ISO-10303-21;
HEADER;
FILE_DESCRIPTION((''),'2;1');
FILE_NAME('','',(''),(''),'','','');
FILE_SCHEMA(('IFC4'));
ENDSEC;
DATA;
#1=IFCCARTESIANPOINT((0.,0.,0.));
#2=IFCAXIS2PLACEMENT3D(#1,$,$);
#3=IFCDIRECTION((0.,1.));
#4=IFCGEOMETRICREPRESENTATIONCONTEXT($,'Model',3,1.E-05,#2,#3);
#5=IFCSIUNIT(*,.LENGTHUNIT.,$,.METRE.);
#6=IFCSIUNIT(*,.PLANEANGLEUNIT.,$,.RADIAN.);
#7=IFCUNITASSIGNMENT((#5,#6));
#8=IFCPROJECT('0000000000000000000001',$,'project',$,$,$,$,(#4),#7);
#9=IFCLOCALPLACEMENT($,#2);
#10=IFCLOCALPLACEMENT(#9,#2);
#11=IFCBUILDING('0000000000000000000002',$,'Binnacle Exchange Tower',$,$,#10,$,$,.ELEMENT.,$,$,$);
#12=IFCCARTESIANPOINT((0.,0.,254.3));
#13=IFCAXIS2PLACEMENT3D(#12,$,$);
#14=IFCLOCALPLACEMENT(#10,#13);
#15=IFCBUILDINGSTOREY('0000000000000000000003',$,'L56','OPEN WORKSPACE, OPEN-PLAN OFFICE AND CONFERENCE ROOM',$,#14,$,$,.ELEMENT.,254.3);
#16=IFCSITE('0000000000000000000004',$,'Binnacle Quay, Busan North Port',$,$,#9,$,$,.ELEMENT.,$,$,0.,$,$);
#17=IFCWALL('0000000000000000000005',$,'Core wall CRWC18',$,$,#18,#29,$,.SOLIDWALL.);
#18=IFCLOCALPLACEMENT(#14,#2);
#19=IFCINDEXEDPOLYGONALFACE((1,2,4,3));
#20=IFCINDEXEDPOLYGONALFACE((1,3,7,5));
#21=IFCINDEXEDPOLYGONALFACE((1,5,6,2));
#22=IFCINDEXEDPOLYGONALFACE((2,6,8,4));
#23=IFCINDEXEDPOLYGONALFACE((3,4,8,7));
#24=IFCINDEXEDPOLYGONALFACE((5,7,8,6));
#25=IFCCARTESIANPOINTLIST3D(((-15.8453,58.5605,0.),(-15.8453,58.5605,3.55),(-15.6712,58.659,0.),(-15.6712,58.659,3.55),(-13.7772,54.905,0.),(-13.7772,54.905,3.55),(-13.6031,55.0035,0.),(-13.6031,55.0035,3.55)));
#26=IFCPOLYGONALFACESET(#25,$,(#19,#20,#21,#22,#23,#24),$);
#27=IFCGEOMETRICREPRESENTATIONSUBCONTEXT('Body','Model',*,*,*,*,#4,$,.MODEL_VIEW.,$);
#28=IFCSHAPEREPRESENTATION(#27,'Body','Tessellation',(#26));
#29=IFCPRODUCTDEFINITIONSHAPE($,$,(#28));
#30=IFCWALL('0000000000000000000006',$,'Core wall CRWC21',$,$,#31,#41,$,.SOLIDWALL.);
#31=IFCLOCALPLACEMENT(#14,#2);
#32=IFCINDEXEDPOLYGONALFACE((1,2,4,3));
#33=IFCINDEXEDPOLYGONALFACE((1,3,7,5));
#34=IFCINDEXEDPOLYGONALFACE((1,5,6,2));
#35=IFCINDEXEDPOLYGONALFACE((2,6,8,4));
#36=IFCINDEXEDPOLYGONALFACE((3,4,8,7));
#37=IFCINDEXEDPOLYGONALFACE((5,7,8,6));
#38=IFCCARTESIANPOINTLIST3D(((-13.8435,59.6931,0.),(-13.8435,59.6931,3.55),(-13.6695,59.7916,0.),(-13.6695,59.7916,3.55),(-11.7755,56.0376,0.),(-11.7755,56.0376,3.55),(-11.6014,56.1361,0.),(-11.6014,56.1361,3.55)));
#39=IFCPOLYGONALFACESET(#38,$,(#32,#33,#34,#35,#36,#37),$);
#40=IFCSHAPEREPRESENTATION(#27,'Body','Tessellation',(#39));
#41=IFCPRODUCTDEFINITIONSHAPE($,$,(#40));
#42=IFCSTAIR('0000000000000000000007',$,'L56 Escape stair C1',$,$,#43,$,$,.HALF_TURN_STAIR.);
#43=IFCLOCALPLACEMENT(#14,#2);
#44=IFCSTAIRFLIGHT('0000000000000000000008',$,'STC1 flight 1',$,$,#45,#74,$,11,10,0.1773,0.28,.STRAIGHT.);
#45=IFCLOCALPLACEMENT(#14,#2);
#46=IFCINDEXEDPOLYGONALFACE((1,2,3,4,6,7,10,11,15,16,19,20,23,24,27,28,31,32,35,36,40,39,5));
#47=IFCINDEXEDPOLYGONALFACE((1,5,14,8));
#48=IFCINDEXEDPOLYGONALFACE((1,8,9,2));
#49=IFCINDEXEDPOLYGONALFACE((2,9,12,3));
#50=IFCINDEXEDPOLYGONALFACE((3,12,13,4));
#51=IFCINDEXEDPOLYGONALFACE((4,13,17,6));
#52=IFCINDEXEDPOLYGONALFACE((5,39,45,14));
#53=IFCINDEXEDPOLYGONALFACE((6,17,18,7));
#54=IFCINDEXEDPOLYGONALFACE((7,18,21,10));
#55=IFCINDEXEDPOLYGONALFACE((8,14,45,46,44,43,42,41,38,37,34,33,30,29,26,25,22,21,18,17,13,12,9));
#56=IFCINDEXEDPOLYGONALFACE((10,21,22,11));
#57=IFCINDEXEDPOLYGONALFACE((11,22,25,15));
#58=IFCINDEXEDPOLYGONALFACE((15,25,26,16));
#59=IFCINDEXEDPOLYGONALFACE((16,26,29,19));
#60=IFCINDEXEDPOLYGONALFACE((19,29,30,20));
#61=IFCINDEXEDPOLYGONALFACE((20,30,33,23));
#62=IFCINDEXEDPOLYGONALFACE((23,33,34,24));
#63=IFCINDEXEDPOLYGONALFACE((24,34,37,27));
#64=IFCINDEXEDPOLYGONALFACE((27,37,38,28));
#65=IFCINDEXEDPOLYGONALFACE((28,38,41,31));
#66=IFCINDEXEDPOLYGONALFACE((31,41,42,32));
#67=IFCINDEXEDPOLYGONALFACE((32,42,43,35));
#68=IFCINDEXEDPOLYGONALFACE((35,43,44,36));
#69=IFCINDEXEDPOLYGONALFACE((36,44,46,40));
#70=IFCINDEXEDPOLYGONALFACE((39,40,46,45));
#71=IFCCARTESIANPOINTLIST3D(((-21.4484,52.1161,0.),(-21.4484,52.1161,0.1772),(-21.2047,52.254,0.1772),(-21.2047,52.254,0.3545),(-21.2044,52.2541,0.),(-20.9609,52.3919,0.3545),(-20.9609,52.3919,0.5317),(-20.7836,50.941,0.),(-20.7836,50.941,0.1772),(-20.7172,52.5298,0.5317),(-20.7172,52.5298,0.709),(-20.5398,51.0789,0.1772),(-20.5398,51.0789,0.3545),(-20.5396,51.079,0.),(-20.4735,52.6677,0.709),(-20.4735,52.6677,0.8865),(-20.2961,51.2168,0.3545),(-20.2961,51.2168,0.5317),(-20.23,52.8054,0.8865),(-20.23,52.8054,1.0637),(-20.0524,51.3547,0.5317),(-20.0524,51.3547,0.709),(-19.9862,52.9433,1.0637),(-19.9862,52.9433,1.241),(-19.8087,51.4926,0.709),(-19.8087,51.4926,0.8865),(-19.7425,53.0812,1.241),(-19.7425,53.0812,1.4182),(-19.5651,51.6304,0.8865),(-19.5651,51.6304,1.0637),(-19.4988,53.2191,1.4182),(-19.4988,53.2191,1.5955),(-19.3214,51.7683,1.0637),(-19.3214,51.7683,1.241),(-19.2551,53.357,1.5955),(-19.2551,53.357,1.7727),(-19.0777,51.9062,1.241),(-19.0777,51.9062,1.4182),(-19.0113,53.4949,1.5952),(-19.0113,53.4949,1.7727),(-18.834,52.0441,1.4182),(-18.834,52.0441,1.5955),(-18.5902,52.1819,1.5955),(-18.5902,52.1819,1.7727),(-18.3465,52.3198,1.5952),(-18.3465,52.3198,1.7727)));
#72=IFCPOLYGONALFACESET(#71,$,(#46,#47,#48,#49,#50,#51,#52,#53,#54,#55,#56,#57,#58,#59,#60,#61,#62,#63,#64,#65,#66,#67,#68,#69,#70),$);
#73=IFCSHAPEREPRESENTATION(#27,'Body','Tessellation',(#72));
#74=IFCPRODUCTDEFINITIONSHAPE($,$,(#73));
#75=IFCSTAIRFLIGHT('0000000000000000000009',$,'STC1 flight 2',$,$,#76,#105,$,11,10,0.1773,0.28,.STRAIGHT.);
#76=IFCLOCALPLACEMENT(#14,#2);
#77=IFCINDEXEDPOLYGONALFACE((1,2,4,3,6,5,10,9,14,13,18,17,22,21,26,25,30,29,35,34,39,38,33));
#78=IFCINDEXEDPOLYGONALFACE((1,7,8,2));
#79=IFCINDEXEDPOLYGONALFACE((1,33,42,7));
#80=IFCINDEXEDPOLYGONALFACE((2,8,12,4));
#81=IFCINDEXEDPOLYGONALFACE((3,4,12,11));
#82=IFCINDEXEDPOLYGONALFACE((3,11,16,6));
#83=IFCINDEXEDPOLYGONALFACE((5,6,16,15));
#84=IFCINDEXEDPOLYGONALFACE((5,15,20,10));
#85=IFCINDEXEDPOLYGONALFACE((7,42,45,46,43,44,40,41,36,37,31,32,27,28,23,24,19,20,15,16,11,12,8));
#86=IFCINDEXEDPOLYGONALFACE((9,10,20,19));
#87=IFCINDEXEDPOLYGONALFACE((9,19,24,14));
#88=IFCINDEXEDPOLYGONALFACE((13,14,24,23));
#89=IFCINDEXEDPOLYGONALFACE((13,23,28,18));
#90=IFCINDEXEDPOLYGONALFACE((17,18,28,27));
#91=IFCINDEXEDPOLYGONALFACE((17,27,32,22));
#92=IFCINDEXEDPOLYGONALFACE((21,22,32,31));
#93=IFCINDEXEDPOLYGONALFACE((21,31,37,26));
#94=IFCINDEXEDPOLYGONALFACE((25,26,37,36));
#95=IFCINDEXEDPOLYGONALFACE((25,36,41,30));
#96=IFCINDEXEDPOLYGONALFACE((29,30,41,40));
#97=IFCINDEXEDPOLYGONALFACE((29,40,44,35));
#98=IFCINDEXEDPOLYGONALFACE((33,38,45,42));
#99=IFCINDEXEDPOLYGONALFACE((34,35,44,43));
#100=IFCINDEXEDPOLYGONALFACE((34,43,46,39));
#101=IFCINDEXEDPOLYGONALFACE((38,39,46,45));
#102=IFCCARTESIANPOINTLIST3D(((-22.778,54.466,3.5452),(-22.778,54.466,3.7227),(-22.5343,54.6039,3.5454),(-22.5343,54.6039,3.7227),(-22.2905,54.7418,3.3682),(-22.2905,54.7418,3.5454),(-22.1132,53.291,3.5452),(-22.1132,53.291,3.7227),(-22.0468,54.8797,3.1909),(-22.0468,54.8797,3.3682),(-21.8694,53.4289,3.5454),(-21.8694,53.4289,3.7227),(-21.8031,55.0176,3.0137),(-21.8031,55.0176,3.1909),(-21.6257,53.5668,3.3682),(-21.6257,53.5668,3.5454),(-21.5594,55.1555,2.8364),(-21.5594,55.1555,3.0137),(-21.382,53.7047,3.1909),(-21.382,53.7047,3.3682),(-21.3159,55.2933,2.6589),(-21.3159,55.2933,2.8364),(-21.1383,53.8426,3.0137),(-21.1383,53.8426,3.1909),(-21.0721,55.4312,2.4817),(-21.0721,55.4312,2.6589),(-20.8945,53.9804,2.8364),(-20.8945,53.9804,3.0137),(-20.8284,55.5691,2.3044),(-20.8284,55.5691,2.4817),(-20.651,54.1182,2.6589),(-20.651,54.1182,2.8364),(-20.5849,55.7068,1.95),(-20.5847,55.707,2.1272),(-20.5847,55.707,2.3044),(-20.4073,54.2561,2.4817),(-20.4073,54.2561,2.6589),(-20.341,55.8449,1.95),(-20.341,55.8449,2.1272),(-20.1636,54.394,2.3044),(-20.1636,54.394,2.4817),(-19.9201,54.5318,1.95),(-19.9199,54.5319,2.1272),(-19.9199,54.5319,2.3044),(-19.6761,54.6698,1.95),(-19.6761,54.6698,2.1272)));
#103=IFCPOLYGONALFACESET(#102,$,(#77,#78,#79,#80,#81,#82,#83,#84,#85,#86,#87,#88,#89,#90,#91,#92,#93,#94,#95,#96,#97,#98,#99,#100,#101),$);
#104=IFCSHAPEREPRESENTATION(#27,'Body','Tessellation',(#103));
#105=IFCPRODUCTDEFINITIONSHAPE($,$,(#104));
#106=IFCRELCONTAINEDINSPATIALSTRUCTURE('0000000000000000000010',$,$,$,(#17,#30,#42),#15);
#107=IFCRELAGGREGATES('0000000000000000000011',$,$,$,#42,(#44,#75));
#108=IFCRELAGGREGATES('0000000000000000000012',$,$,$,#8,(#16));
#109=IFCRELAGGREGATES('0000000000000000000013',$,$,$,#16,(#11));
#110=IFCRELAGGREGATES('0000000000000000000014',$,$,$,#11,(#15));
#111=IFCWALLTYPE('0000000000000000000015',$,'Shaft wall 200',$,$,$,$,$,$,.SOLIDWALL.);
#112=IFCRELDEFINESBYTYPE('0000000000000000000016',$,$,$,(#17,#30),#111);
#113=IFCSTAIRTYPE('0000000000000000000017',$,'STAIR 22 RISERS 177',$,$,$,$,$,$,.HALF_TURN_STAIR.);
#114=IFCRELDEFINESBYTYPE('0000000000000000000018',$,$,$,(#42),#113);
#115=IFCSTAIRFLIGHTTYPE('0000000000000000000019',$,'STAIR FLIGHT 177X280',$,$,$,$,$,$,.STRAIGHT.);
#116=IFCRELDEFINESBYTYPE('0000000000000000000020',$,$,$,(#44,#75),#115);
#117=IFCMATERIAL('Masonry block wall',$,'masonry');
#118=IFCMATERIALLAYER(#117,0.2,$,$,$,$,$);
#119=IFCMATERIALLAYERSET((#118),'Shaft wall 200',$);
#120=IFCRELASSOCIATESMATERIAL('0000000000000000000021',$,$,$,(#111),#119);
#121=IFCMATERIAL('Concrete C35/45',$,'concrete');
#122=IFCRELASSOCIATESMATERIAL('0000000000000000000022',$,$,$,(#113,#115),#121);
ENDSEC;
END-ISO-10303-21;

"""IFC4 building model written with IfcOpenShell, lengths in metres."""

from ifc_helpers import new_model, si_unit, direction, frame, frame_2d, origin, place, context, subcontext, project, spatial, polyline, rectangle, outline, extrude, material, layer, layer_set, type_object, element, aggregate, save


model = new_model("IFC4")

# Units and contexts
model_context = context("Model", 3, precision=1e-05, world=origin(), true_north=direction((0.0, 1.0)))
body_context = subcontext(model_context, "Body", "Model", "MODEL_VIEW")
ifc_project = project(units=[si_unit("LENGTHUNIT", "METRE"), si_unit("PLANEANGLEUNIT", "RADIAN")], contexts=[model_context])

# Site, building, storey
site_placement = place(None, origin())
site = spatial("IfcSite", under=ifc_project, at=site_placement, Name="Binnacle Quay, Busan North Port", CompositionType="ELEMENT", RefElevation=0.0)
building_placement = place(site_placement, origin())
building = spatial("IfcBuilding", under=site, at=building_placement, Name="Binnacle Exchange Tower", CompositionType="ELEMENT")
storey_placement = place(building_placement, frame((0.0, 0.0, 254.3)))
storey = spatial("IfcBuildingStorey", under=building, at=storey_placement, Name="L56", Description="OPEN WORKSPACE, OPEN-PLAN OFFICE AND CONFERENCE ROOM", CompositionType="ELEMENT", Elevation=254.3)

# Shared definitions
ifc_material_1 = material(Name="Masonry block wall", Category="masonry")

# Walls
ifc_layer_1 = layer(ifc_material_1, 0.2)
ifc_layer_set_1 = layer_set([ifc_layer_1], Name="Shaft wall 200")
wall_type_1 = type_object("IfcWallType", Name="Shaft wall 200", PredefinedType="SOLIDWALL", material=ifc_layer_set_1)
for number, where, z_axis, x_axis, name in (
    (1, (-15.7583, 58.6099, 0.0), (0.0, 0.0, 1.0), (0.49241, -0.870364, 0.0), "Core wall CRWC18"),
    (2, (-13.7566, 59.7424, 0.0), (0.0, 0.0, 1.0), (0.49241, -0.870364, 0.0), "Core wall CRWC21"),
):
    element("IfcWall", number, at=place(storey_placement, frame(where, z_axis=z_axis, x_axis=x_axis)), inside=storey, type_object=wall_type_1, Name=name, PredefinedType="SOLIDWALL", context=body_context, shape_type="SweptSolid", body=[
        extrude(rectangle(XDim=4.2, YDim=0.2, at=frame_2d((2.1001, 0.0))), origin(), (0.0, 0.0, 1.0), 3.55),
    ])

# Stair, stair flights
ifc_material_2 = material(Name="Concrete C35/45", Category="concrete")
stair_type = type_object("IfcStairType", Name="STAIR 22 RISERS 177", PredefinedType="HALF_TURN_STAIR", material=ifc_material_2)
stair_placement = place(storey_placement, origin())
stair = element("IfcStair", 3, at=stair_placement, inside=storey, type_object=stair_type, Name="L56 Escape stair C1", PredefinedType="HALF_TURN_STAIR")
stair_flight_type = type_object("IfcStairFlightType", Name="STAIR FLIGHT 177X280", PredefinedType="STRAIGHT", material=ifc_material_2)
stair_flight_1_placement = place(storey_placement, frame((-21.116, 51.5286, 0.0), z_axis=(0.0, 0.0, 1.0), x_axis=(0.870356, 0.492424, 0.0)))
stair_flight_1 = element("IfcStairFlight", 4, at=stair_flight_1_placement, type_object=stair_flight_type, Name="STC1 flight 1", NumberOfRisers=11, NumberOfTreads=10, PredefinedType="STRAIGHT", RiserHeight=0.1773, TreadLength=0.28, context=body_context, shape_type="SweptSolid", body=[
    extrude(outline(polyline([(0.0, 0.0), (0.0, 0.1772), (0.28, 0.1772), (0.28, 0.3545), (0.5601, 0.3545), (0.5601, 0.5317), (0.8401, 0.5317), (0.8401, 0.709), (1.1201, 0.709), (1.1201, 0.8865), (1.3999, 0.8865), (1.3999, 1.0637), (1.6799, 1.0637), (1.6799, 1.241), (1.96, 1.241), (1.96, 1.4182), (2.24, 1.4182), (2.24, 1.5955), (2.52, 1.5955), (2.52, 1.7727), (2.8, 1.7727), (2.8, 1.95), (2.8, 1.5952), (0.2803, 0.0), (0.0, 0.0)])), frame((0.0, 0.675, 0.0), z_axis=(0.0, -1.0, 0.0), x_axis=(1.0, 0.0, 0.0)), (0.0, 0.0, 1.0), 1.3501),
])
stair_flight_2_placement = place(storey_placement, frame((-20.0085, 55.2573, 1.95), z_axis=(0.0, 0.0, 1.0), x_axis=(-0.870356, -0.492424, 0.0)))
stair_flight_2 = element("IfcStairFlight", 5, at=stair_flight_2_placement, type_object=stair_flight_type, Name="STC1 flight 2", NumberOfRisers=11, NumberOfTreads=10, PredefinedType="STRAIGHT", RiserHeight=0.1773, TreadLength=0.28, context=body_context, shape_type="SweptSolid", body=[
    extrude(outline(polyline([(0.0, 0.0), (0.0, 0.1772), (0.28, 0.1772), (0.28, 0.3545), (0.5601, 0.3545), (0.5601, 0.5317), (0.8401, 0.5317), (0.8401, 0.709), (1.1201, 0.709), (1.1201, 0.8865), (1.3999, 0.8865), (1.3999, 1.0637), (1.6799, 1.0637), (1.6799, 1.241), (1.96, 1.241), (1.96, 1.4182), (2.24, 1.4182), (2.24, 1.5955), (2.52, 1.5955), (2.52, 1.7727), (2.8, 1.7727), (2.8, 1.95), (2.8, 1.5952), (0.2803, 0.0), (0.0, 0.0)])), frame((0.0, 0.675, 0.0), z_axis=(0.0, -1.0, 0.0), x_axis=(1.0, 0.0, 0.0)), (0.0, 0.0, 1.0), 1.3501),
])
aggregate(stair, [stair_flight_1, stair_flight_2])

save(model, "model.ifc")
